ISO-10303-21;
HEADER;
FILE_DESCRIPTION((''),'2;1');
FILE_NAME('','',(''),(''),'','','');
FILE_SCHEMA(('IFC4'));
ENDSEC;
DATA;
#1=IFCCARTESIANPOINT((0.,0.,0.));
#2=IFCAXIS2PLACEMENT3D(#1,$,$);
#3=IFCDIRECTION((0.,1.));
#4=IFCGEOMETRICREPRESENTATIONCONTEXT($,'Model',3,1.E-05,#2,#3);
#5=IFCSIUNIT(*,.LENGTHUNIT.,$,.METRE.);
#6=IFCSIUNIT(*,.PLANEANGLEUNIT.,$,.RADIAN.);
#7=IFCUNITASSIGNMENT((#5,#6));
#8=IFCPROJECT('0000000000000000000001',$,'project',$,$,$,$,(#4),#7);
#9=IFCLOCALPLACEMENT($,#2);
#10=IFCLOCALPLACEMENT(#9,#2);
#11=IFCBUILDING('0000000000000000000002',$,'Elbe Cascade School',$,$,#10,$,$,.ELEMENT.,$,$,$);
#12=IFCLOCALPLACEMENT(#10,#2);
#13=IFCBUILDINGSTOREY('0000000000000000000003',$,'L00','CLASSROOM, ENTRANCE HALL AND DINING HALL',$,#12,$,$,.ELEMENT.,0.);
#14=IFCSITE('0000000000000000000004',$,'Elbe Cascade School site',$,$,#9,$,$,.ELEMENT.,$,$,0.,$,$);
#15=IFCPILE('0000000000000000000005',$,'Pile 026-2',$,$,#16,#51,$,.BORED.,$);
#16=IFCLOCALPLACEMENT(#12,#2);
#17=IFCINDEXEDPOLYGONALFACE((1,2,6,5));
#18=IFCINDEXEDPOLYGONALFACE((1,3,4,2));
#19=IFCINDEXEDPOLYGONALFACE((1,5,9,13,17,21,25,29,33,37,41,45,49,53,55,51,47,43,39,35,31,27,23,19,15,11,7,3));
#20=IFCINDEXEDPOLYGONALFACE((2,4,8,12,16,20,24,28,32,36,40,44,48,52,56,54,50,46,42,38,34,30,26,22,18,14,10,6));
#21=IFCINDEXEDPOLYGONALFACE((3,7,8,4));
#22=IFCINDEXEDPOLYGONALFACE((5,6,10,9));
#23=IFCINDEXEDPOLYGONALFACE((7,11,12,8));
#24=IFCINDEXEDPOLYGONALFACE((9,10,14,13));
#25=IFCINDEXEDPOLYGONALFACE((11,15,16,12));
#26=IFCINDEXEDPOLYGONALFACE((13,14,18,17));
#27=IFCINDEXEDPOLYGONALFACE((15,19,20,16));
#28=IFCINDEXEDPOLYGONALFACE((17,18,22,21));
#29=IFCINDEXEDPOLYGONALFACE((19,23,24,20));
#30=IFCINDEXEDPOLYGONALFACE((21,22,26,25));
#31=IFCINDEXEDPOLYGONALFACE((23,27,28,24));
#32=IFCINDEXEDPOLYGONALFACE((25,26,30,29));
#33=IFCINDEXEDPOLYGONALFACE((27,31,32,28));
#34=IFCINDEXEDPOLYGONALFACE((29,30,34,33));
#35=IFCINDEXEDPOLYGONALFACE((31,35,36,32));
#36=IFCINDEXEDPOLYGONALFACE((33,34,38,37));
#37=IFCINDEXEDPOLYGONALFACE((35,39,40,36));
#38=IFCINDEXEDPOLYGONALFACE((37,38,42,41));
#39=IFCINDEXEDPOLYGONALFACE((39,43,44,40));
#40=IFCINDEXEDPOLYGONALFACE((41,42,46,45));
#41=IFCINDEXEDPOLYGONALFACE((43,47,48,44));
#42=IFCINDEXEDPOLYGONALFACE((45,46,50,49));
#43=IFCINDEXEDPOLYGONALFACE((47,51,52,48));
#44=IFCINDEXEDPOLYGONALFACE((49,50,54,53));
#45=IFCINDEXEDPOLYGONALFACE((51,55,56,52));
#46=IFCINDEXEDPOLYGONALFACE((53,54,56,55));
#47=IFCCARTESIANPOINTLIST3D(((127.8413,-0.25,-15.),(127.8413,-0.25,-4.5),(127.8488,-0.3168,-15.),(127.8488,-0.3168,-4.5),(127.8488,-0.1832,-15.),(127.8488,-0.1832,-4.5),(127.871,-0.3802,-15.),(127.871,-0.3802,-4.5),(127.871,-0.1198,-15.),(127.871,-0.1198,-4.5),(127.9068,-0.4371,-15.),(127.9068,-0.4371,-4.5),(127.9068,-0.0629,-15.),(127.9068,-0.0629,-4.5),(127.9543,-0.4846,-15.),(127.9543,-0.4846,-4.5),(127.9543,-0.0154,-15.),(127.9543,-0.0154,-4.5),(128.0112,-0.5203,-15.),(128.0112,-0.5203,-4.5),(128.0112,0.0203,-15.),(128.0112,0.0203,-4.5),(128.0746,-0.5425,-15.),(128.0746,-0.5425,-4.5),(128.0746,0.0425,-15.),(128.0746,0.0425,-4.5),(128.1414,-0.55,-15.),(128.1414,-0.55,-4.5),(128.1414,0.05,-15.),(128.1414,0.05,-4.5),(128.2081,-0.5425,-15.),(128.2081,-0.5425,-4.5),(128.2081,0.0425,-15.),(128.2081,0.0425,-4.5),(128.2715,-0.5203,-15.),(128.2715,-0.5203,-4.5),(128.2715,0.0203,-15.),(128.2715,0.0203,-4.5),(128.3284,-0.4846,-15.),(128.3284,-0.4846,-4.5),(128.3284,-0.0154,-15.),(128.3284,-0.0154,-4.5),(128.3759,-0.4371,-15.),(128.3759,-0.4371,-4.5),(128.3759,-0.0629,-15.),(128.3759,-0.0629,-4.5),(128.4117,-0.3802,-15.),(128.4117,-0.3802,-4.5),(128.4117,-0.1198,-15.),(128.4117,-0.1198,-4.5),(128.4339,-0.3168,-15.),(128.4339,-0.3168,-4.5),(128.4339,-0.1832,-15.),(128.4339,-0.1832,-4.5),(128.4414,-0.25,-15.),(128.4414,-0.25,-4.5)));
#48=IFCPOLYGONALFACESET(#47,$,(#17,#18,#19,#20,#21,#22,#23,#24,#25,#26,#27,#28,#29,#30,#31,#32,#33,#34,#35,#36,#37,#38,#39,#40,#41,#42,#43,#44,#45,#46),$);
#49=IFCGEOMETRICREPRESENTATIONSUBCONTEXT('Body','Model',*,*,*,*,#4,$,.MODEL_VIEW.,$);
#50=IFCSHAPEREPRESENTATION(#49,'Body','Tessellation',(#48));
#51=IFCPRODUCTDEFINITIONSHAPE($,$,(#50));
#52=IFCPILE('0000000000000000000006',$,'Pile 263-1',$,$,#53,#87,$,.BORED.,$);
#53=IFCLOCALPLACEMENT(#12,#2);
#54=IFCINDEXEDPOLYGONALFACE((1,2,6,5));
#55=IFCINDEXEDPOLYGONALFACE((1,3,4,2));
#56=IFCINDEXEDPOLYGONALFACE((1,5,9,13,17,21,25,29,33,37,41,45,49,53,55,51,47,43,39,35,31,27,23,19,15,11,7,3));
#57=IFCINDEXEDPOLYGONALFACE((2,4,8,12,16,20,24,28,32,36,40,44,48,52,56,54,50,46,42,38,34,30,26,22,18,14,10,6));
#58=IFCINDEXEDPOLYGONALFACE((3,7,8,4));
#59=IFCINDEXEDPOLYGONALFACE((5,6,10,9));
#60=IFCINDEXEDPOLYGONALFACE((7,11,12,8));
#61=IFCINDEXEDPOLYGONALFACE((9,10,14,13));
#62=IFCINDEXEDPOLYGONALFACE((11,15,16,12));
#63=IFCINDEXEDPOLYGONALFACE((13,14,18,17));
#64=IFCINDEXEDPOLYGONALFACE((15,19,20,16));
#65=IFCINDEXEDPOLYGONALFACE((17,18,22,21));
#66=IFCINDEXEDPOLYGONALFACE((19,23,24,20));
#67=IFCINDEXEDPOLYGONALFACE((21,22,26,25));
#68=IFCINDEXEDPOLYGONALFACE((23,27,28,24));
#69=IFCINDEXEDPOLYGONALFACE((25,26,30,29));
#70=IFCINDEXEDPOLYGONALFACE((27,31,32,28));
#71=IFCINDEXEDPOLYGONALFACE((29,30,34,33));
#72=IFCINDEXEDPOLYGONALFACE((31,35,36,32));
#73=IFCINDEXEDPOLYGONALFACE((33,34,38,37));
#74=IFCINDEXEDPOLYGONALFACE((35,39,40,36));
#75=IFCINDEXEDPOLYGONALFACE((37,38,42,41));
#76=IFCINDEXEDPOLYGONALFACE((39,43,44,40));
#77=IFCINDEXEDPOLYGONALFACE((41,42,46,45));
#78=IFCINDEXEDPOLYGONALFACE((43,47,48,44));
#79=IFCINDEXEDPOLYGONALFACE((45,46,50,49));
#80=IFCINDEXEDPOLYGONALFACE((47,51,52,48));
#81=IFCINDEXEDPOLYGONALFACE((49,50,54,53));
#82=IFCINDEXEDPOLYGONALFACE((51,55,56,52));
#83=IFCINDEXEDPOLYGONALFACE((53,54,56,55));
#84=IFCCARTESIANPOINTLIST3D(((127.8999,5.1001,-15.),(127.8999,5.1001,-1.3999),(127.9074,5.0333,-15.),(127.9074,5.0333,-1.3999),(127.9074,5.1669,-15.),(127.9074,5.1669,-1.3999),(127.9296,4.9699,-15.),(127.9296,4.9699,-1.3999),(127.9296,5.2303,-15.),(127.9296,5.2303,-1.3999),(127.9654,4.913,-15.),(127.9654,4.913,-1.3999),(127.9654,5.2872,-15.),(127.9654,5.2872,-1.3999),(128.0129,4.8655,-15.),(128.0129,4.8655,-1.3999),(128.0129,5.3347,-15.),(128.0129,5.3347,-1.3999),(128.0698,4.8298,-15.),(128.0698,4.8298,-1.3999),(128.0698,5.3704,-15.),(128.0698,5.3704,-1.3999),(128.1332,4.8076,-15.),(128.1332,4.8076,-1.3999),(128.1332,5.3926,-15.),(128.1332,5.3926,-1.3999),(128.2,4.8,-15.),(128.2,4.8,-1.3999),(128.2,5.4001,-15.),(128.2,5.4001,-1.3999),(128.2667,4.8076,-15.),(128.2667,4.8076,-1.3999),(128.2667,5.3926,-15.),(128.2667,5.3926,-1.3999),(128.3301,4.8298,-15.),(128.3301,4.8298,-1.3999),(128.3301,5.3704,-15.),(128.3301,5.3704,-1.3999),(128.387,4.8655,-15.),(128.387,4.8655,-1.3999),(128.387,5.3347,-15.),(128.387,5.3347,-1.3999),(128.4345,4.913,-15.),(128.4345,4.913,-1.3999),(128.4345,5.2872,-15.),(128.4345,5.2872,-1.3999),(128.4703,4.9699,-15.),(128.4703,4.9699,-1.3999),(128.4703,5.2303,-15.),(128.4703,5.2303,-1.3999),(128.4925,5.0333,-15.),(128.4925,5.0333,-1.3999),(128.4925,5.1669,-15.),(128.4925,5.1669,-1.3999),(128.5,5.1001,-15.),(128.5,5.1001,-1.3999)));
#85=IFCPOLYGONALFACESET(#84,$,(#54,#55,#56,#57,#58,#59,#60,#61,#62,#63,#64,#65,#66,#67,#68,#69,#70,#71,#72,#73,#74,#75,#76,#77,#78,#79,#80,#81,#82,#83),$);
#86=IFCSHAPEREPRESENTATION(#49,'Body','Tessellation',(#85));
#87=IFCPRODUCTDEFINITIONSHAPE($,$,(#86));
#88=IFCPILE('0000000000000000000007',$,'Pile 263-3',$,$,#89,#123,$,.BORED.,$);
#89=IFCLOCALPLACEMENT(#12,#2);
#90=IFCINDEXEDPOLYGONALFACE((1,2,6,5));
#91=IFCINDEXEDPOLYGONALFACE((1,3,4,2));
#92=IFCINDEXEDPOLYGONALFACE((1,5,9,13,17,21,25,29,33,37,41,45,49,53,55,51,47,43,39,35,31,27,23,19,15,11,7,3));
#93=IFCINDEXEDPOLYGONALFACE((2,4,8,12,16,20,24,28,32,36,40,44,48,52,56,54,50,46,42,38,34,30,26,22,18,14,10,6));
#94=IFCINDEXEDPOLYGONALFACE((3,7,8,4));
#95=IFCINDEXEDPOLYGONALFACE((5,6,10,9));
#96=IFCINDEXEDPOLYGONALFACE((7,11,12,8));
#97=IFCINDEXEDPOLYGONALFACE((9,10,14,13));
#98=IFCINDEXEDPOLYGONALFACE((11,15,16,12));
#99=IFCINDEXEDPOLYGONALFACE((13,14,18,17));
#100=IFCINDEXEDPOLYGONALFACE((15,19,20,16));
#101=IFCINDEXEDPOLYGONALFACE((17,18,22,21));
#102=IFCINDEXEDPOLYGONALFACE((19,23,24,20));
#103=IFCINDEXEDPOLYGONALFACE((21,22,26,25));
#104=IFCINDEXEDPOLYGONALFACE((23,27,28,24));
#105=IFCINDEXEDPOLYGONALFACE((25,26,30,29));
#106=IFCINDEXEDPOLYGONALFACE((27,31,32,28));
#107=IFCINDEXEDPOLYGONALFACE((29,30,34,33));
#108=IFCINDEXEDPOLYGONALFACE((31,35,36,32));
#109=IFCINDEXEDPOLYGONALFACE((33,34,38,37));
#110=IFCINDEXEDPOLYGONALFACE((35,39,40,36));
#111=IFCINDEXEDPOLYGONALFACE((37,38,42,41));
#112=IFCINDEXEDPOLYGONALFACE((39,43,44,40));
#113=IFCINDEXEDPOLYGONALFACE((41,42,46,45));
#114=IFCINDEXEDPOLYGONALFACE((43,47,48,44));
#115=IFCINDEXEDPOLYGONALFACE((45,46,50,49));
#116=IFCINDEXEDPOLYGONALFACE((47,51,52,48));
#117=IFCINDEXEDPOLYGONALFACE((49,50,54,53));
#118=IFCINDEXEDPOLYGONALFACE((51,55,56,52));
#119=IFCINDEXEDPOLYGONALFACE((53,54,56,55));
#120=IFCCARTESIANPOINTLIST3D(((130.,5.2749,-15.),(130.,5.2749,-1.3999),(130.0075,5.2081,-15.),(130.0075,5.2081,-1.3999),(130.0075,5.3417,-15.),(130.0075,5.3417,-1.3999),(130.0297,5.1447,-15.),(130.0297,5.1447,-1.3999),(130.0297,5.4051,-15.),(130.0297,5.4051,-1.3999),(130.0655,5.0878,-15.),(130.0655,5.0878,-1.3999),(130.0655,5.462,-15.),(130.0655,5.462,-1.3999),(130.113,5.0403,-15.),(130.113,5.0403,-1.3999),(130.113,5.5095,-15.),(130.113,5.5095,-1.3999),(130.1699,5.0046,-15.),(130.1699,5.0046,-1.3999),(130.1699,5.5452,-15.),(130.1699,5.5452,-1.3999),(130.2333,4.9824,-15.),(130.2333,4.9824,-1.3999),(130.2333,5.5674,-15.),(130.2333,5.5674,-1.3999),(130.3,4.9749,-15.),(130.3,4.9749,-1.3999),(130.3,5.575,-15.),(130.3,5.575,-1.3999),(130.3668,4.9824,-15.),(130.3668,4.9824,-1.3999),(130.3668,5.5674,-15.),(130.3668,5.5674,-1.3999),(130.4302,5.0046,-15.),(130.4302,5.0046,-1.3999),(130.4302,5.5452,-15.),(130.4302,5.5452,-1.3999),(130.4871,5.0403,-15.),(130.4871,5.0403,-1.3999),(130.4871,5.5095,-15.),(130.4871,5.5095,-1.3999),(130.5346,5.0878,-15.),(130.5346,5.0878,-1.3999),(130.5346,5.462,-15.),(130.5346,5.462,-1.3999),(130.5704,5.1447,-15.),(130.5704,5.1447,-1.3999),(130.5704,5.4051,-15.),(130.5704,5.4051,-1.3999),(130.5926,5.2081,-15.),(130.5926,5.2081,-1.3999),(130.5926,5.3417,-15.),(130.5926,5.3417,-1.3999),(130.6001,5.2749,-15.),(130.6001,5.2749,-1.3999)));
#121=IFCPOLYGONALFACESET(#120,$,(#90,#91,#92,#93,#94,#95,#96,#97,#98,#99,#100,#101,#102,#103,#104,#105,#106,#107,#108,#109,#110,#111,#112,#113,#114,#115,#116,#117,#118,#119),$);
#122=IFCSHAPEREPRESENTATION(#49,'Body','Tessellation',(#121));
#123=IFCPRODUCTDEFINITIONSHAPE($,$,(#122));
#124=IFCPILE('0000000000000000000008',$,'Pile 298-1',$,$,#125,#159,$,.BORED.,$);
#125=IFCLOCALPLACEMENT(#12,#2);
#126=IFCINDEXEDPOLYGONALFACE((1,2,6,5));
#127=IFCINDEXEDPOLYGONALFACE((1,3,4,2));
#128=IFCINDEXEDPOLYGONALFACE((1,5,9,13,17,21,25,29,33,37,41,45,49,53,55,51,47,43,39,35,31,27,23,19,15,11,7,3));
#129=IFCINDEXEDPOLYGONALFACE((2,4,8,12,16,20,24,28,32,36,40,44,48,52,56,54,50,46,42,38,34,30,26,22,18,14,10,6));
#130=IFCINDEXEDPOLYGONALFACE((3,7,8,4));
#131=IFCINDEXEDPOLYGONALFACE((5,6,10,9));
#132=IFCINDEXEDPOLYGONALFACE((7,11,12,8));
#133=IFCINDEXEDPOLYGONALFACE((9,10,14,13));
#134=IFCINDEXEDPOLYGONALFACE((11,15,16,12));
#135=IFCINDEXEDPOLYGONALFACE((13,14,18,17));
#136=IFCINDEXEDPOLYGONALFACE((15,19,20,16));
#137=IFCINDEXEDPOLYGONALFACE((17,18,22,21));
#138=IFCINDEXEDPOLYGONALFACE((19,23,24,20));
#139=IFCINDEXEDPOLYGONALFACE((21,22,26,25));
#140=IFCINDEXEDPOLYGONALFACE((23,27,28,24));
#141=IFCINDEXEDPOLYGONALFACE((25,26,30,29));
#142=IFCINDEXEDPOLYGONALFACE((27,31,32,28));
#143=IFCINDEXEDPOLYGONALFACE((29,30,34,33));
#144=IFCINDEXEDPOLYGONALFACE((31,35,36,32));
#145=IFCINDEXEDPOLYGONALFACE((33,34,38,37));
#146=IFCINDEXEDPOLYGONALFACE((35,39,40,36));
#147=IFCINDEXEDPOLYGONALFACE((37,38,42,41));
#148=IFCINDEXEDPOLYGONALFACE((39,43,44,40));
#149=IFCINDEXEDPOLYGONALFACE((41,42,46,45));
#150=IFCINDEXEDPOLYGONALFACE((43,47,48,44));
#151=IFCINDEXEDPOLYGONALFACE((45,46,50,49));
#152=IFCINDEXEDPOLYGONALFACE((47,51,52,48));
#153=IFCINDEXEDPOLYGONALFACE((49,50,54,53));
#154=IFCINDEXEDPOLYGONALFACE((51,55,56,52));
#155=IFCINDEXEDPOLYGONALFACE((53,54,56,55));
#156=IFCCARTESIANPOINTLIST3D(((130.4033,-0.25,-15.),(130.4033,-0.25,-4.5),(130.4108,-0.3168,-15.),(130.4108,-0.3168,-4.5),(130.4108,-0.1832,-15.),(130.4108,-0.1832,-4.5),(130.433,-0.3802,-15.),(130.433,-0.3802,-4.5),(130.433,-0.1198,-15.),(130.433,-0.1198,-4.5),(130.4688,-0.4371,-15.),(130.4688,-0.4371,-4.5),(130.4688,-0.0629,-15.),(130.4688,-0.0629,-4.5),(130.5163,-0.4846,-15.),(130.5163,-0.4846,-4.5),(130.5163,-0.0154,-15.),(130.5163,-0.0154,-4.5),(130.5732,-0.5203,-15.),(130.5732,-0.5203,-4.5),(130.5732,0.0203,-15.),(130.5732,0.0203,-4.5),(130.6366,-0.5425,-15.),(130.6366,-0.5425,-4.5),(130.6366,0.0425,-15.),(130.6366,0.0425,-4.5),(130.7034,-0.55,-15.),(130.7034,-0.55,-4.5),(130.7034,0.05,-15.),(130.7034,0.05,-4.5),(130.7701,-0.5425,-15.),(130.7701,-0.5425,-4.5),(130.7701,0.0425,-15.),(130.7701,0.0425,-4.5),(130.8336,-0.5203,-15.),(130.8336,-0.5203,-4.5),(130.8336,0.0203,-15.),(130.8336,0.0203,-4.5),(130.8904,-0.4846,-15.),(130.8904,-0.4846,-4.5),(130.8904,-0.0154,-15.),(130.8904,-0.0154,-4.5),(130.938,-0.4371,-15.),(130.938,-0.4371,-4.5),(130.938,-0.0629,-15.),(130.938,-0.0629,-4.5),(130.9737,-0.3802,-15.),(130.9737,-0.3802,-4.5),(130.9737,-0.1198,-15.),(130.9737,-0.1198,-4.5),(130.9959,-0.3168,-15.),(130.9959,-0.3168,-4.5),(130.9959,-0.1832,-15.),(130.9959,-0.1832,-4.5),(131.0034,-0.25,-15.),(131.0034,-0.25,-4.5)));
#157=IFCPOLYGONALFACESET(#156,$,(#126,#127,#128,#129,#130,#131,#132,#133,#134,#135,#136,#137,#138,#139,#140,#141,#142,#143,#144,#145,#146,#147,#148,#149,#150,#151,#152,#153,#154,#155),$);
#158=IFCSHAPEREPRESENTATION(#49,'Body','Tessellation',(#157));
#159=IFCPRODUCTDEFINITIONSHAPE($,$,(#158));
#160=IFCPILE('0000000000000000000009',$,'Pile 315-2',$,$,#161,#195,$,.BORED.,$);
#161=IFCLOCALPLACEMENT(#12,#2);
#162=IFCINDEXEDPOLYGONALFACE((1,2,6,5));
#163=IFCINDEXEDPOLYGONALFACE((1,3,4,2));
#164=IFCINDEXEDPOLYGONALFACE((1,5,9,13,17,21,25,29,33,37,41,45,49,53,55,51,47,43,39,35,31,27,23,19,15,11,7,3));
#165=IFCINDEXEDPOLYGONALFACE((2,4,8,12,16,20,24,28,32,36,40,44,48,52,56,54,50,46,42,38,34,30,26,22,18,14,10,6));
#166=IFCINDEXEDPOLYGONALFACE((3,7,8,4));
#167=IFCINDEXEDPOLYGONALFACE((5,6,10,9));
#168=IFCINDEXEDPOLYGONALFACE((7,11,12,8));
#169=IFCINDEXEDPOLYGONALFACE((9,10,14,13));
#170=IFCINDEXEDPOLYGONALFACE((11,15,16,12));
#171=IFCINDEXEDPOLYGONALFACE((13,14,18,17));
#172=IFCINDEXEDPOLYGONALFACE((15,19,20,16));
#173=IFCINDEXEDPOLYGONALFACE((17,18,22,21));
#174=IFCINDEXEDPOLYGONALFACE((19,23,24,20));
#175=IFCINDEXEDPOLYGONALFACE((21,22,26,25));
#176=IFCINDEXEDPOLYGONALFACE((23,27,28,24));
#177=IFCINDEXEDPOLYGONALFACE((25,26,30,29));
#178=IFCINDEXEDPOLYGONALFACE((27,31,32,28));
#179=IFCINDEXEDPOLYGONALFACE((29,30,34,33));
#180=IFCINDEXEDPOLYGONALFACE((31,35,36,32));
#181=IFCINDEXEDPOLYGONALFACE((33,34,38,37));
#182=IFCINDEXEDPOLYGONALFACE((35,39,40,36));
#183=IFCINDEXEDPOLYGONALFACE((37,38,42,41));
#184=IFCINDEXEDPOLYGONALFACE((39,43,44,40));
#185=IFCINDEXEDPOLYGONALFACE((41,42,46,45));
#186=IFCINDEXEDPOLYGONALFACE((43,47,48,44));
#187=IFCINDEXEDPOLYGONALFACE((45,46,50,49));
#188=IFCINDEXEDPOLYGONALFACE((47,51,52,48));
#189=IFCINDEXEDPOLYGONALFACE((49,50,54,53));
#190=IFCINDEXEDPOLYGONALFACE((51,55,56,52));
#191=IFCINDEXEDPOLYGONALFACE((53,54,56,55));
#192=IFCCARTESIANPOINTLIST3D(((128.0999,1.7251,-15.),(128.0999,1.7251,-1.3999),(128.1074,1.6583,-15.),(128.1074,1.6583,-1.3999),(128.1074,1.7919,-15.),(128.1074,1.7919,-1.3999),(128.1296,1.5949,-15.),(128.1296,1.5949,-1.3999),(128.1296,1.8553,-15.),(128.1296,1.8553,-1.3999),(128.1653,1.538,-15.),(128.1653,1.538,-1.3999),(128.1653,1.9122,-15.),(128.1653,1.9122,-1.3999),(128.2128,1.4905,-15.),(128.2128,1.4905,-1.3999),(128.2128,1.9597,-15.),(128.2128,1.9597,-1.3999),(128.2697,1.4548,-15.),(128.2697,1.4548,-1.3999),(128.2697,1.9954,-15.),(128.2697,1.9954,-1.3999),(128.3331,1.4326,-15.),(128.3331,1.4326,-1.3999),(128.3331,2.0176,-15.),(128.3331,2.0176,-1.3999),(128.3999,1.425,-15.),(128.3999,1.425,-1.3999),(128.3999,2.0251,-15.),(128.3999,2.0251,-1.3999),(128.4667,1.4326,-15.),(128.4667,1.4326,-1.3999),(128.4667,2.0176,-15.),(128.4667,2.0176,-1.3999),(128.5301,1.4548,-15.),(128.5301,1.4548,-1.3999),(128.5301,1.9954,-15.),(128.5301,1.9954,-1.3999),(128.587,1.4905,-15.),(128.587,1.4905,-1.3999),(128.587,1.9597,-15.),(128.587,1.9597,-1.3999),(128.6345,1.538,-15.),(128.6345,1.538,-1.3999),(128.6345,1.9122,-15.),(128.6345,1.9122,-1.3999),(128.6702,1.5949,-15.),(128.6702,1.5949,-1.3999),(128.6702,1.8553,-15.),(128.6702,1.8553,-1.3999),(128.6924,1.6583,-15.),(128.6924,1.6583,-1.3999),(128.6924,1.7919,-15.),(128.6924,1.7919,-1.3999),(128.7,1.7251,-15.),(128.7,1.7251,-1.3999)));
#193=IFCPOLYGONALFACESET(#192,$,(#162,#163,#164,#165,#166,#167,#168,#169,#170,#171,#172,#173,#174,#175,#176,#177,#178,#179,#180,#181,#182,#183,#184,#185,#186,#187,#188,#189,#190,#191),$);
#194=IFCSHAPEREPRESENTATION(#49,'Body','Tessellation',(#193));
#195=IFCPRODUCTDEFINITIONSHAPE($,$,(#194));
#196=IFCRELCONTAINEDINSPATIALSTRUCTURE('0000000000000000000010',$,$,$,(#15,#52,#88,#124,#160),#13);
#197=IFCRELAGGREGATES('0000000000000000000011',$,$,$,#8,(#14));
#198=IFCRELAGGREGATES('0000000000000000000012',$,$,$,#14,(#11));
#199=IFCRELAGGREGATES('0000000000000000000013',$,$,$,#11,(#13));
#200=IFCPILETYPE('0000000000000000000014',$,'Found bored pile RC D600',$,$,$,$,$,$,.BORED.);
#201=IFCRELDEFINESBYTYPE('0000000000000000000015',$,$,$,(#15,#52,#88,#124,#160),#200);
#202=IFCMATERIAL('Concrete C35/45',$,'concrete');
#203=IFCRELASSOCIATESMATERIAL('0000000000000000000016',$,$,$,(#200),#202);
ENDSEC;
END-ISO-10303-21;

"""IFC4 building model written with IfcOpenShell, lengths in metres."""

from ifc_helpers import new_model, si_unit, direction, frame, origin, origin_2d, place, context, subcontext, project, spatial, circle, extrude, material, material_profile, profile_set, type_object, element, save


model = new_model("IFC4")

# Units and contexts
model_context = context("Model", 3, precision=1e-05, world=origin(), true_north=direction((0.0, 1.0)))
body_context = subcontext(model_context, "Body", "Model", "MODEL_VIEW")
ifc_project = project(units=[si_unit("LENGTHUNIT", "METRE"), si_unit("PLANEANGLEUNIT", "RADIAN")], contexts=[model_context])

# Site, building, storey
site_placement = place(None, origin())
site = spatial("IfcSite", under=ifc_project, at=site_placement, Name="Elbe Cascade School site", CompositionType="ELEMENT", RefElevation=0.0)
building_placement = place(site_placement, origin())
building = spatial("IfcBuilding", under=site, at=building_placement, Name="Elbe Cascade School", CompositionType="ELEMENT")
storey_placement = place(building_placement, origin())
storey = spatial("IfcBuildingStorey", under=building, at=storey_placement, Name="L00", Description="CLASSROOM, ENTRANCE HALL AND DINING HALL", CompositionType="ELEMENT", Elevation=0.0)

# Piles
ifc_material_1 = material(Name="Concrete C35/45", Category="concrete")
ifc_material_profile_1 = material_profile(ifc_material_1, circle(Radius=0.3, at=origin_2d()), Name="RC D600")
ifc_profile_set_1 = profile_set([ifc_material_profile_1], Name="Concrete C35/45")
pile_type = type_object("IfcPileType", Name="Found bored pile RC D600", PredefinedType="BORED", material=ifc_profile_set_1)
pile_1_placement = place(storey_placement, frame((128.1414, -0.25, -4.5), z_axis=(0.0, 0.0, -1.0), x_axis=(1.0, 0.0, 0.0)))
element("IfcPile", 1, at=pile_1_placement, inside=storey, type_object=pile_type, Name="Pile 026-2", PredefinedType="BORED", context=body_context, shape_type="SweptSolid", body=[
    extrude(circle(Radius=0.3, at=origin_2d()), origin(), (0.0, 0.0, 1.0), 10.5),
])
for number, where, z_axis, x_axis, name in (
    (2, (128.2, 5.1001, -1.3999), (0.0, 0.0, -1.0), (1.0, 0.0, 0.0), "Pile 263-1"),
    (3, (130.3, 5.2749, -1.3999), (0.0, 0.0, -1.0), (1.0, 0.0, 0.0), "Pile 263-3"),
):
    element("IfcPile", number, at=place(storey_placement, frame(where, z_axis=z_axis, x_axis=x_axis)), inside=storey, type_object=pile_type, Name=name, PredefinedType="BORED", context=body_context, shape_type="SweptSolid", body=[
        extrude(circle(Radius=0.3, at=origin_2d()), origin(), (0.0, 0.0, 1.0), 13.6001),
    ])
pile_2_placement = place(storey_placement, frame((130.7034, -0.25, -4.5), z_axis=(0.0, 0.0, -1.0), x_axis=(1.0, 0.0, 0.0)))
element("IfcPile", 4, at=pile_2_placement, inside=storey, type_object=pile_type, Name="Pile 298-1", PredefinedType="BORED", context=body_context, shape_type="SweptSolid", body=[
    extrude(circle(Radius=0.3, at=origin_2d()), origin(), (0.0, 0.0, 1.0), 10.5),
])
for number, where, z_axis, x_axis, name in (
    (5, (128.3999, 1.7251, -1.3999), (0.0, 0.0, -1.0), (1.0, 0.0, 0.0), "Pile 315-2"),
):
    element("IfcPile", number, at=place(storey_placement, frame(where, z_axis=z_axis, x_axis=x_axis)), inside=storey, type_object=pile_type, Name=name, PredefinedType="BORED", context=body_context, shape_type="SweptSolid", body=[
        extrude(circle(Radius=0.3, at=origin_2d()), origin(), (0.0, 0.0, 1.0), 13.6001),
    ])

save(model, "model.ifc")
